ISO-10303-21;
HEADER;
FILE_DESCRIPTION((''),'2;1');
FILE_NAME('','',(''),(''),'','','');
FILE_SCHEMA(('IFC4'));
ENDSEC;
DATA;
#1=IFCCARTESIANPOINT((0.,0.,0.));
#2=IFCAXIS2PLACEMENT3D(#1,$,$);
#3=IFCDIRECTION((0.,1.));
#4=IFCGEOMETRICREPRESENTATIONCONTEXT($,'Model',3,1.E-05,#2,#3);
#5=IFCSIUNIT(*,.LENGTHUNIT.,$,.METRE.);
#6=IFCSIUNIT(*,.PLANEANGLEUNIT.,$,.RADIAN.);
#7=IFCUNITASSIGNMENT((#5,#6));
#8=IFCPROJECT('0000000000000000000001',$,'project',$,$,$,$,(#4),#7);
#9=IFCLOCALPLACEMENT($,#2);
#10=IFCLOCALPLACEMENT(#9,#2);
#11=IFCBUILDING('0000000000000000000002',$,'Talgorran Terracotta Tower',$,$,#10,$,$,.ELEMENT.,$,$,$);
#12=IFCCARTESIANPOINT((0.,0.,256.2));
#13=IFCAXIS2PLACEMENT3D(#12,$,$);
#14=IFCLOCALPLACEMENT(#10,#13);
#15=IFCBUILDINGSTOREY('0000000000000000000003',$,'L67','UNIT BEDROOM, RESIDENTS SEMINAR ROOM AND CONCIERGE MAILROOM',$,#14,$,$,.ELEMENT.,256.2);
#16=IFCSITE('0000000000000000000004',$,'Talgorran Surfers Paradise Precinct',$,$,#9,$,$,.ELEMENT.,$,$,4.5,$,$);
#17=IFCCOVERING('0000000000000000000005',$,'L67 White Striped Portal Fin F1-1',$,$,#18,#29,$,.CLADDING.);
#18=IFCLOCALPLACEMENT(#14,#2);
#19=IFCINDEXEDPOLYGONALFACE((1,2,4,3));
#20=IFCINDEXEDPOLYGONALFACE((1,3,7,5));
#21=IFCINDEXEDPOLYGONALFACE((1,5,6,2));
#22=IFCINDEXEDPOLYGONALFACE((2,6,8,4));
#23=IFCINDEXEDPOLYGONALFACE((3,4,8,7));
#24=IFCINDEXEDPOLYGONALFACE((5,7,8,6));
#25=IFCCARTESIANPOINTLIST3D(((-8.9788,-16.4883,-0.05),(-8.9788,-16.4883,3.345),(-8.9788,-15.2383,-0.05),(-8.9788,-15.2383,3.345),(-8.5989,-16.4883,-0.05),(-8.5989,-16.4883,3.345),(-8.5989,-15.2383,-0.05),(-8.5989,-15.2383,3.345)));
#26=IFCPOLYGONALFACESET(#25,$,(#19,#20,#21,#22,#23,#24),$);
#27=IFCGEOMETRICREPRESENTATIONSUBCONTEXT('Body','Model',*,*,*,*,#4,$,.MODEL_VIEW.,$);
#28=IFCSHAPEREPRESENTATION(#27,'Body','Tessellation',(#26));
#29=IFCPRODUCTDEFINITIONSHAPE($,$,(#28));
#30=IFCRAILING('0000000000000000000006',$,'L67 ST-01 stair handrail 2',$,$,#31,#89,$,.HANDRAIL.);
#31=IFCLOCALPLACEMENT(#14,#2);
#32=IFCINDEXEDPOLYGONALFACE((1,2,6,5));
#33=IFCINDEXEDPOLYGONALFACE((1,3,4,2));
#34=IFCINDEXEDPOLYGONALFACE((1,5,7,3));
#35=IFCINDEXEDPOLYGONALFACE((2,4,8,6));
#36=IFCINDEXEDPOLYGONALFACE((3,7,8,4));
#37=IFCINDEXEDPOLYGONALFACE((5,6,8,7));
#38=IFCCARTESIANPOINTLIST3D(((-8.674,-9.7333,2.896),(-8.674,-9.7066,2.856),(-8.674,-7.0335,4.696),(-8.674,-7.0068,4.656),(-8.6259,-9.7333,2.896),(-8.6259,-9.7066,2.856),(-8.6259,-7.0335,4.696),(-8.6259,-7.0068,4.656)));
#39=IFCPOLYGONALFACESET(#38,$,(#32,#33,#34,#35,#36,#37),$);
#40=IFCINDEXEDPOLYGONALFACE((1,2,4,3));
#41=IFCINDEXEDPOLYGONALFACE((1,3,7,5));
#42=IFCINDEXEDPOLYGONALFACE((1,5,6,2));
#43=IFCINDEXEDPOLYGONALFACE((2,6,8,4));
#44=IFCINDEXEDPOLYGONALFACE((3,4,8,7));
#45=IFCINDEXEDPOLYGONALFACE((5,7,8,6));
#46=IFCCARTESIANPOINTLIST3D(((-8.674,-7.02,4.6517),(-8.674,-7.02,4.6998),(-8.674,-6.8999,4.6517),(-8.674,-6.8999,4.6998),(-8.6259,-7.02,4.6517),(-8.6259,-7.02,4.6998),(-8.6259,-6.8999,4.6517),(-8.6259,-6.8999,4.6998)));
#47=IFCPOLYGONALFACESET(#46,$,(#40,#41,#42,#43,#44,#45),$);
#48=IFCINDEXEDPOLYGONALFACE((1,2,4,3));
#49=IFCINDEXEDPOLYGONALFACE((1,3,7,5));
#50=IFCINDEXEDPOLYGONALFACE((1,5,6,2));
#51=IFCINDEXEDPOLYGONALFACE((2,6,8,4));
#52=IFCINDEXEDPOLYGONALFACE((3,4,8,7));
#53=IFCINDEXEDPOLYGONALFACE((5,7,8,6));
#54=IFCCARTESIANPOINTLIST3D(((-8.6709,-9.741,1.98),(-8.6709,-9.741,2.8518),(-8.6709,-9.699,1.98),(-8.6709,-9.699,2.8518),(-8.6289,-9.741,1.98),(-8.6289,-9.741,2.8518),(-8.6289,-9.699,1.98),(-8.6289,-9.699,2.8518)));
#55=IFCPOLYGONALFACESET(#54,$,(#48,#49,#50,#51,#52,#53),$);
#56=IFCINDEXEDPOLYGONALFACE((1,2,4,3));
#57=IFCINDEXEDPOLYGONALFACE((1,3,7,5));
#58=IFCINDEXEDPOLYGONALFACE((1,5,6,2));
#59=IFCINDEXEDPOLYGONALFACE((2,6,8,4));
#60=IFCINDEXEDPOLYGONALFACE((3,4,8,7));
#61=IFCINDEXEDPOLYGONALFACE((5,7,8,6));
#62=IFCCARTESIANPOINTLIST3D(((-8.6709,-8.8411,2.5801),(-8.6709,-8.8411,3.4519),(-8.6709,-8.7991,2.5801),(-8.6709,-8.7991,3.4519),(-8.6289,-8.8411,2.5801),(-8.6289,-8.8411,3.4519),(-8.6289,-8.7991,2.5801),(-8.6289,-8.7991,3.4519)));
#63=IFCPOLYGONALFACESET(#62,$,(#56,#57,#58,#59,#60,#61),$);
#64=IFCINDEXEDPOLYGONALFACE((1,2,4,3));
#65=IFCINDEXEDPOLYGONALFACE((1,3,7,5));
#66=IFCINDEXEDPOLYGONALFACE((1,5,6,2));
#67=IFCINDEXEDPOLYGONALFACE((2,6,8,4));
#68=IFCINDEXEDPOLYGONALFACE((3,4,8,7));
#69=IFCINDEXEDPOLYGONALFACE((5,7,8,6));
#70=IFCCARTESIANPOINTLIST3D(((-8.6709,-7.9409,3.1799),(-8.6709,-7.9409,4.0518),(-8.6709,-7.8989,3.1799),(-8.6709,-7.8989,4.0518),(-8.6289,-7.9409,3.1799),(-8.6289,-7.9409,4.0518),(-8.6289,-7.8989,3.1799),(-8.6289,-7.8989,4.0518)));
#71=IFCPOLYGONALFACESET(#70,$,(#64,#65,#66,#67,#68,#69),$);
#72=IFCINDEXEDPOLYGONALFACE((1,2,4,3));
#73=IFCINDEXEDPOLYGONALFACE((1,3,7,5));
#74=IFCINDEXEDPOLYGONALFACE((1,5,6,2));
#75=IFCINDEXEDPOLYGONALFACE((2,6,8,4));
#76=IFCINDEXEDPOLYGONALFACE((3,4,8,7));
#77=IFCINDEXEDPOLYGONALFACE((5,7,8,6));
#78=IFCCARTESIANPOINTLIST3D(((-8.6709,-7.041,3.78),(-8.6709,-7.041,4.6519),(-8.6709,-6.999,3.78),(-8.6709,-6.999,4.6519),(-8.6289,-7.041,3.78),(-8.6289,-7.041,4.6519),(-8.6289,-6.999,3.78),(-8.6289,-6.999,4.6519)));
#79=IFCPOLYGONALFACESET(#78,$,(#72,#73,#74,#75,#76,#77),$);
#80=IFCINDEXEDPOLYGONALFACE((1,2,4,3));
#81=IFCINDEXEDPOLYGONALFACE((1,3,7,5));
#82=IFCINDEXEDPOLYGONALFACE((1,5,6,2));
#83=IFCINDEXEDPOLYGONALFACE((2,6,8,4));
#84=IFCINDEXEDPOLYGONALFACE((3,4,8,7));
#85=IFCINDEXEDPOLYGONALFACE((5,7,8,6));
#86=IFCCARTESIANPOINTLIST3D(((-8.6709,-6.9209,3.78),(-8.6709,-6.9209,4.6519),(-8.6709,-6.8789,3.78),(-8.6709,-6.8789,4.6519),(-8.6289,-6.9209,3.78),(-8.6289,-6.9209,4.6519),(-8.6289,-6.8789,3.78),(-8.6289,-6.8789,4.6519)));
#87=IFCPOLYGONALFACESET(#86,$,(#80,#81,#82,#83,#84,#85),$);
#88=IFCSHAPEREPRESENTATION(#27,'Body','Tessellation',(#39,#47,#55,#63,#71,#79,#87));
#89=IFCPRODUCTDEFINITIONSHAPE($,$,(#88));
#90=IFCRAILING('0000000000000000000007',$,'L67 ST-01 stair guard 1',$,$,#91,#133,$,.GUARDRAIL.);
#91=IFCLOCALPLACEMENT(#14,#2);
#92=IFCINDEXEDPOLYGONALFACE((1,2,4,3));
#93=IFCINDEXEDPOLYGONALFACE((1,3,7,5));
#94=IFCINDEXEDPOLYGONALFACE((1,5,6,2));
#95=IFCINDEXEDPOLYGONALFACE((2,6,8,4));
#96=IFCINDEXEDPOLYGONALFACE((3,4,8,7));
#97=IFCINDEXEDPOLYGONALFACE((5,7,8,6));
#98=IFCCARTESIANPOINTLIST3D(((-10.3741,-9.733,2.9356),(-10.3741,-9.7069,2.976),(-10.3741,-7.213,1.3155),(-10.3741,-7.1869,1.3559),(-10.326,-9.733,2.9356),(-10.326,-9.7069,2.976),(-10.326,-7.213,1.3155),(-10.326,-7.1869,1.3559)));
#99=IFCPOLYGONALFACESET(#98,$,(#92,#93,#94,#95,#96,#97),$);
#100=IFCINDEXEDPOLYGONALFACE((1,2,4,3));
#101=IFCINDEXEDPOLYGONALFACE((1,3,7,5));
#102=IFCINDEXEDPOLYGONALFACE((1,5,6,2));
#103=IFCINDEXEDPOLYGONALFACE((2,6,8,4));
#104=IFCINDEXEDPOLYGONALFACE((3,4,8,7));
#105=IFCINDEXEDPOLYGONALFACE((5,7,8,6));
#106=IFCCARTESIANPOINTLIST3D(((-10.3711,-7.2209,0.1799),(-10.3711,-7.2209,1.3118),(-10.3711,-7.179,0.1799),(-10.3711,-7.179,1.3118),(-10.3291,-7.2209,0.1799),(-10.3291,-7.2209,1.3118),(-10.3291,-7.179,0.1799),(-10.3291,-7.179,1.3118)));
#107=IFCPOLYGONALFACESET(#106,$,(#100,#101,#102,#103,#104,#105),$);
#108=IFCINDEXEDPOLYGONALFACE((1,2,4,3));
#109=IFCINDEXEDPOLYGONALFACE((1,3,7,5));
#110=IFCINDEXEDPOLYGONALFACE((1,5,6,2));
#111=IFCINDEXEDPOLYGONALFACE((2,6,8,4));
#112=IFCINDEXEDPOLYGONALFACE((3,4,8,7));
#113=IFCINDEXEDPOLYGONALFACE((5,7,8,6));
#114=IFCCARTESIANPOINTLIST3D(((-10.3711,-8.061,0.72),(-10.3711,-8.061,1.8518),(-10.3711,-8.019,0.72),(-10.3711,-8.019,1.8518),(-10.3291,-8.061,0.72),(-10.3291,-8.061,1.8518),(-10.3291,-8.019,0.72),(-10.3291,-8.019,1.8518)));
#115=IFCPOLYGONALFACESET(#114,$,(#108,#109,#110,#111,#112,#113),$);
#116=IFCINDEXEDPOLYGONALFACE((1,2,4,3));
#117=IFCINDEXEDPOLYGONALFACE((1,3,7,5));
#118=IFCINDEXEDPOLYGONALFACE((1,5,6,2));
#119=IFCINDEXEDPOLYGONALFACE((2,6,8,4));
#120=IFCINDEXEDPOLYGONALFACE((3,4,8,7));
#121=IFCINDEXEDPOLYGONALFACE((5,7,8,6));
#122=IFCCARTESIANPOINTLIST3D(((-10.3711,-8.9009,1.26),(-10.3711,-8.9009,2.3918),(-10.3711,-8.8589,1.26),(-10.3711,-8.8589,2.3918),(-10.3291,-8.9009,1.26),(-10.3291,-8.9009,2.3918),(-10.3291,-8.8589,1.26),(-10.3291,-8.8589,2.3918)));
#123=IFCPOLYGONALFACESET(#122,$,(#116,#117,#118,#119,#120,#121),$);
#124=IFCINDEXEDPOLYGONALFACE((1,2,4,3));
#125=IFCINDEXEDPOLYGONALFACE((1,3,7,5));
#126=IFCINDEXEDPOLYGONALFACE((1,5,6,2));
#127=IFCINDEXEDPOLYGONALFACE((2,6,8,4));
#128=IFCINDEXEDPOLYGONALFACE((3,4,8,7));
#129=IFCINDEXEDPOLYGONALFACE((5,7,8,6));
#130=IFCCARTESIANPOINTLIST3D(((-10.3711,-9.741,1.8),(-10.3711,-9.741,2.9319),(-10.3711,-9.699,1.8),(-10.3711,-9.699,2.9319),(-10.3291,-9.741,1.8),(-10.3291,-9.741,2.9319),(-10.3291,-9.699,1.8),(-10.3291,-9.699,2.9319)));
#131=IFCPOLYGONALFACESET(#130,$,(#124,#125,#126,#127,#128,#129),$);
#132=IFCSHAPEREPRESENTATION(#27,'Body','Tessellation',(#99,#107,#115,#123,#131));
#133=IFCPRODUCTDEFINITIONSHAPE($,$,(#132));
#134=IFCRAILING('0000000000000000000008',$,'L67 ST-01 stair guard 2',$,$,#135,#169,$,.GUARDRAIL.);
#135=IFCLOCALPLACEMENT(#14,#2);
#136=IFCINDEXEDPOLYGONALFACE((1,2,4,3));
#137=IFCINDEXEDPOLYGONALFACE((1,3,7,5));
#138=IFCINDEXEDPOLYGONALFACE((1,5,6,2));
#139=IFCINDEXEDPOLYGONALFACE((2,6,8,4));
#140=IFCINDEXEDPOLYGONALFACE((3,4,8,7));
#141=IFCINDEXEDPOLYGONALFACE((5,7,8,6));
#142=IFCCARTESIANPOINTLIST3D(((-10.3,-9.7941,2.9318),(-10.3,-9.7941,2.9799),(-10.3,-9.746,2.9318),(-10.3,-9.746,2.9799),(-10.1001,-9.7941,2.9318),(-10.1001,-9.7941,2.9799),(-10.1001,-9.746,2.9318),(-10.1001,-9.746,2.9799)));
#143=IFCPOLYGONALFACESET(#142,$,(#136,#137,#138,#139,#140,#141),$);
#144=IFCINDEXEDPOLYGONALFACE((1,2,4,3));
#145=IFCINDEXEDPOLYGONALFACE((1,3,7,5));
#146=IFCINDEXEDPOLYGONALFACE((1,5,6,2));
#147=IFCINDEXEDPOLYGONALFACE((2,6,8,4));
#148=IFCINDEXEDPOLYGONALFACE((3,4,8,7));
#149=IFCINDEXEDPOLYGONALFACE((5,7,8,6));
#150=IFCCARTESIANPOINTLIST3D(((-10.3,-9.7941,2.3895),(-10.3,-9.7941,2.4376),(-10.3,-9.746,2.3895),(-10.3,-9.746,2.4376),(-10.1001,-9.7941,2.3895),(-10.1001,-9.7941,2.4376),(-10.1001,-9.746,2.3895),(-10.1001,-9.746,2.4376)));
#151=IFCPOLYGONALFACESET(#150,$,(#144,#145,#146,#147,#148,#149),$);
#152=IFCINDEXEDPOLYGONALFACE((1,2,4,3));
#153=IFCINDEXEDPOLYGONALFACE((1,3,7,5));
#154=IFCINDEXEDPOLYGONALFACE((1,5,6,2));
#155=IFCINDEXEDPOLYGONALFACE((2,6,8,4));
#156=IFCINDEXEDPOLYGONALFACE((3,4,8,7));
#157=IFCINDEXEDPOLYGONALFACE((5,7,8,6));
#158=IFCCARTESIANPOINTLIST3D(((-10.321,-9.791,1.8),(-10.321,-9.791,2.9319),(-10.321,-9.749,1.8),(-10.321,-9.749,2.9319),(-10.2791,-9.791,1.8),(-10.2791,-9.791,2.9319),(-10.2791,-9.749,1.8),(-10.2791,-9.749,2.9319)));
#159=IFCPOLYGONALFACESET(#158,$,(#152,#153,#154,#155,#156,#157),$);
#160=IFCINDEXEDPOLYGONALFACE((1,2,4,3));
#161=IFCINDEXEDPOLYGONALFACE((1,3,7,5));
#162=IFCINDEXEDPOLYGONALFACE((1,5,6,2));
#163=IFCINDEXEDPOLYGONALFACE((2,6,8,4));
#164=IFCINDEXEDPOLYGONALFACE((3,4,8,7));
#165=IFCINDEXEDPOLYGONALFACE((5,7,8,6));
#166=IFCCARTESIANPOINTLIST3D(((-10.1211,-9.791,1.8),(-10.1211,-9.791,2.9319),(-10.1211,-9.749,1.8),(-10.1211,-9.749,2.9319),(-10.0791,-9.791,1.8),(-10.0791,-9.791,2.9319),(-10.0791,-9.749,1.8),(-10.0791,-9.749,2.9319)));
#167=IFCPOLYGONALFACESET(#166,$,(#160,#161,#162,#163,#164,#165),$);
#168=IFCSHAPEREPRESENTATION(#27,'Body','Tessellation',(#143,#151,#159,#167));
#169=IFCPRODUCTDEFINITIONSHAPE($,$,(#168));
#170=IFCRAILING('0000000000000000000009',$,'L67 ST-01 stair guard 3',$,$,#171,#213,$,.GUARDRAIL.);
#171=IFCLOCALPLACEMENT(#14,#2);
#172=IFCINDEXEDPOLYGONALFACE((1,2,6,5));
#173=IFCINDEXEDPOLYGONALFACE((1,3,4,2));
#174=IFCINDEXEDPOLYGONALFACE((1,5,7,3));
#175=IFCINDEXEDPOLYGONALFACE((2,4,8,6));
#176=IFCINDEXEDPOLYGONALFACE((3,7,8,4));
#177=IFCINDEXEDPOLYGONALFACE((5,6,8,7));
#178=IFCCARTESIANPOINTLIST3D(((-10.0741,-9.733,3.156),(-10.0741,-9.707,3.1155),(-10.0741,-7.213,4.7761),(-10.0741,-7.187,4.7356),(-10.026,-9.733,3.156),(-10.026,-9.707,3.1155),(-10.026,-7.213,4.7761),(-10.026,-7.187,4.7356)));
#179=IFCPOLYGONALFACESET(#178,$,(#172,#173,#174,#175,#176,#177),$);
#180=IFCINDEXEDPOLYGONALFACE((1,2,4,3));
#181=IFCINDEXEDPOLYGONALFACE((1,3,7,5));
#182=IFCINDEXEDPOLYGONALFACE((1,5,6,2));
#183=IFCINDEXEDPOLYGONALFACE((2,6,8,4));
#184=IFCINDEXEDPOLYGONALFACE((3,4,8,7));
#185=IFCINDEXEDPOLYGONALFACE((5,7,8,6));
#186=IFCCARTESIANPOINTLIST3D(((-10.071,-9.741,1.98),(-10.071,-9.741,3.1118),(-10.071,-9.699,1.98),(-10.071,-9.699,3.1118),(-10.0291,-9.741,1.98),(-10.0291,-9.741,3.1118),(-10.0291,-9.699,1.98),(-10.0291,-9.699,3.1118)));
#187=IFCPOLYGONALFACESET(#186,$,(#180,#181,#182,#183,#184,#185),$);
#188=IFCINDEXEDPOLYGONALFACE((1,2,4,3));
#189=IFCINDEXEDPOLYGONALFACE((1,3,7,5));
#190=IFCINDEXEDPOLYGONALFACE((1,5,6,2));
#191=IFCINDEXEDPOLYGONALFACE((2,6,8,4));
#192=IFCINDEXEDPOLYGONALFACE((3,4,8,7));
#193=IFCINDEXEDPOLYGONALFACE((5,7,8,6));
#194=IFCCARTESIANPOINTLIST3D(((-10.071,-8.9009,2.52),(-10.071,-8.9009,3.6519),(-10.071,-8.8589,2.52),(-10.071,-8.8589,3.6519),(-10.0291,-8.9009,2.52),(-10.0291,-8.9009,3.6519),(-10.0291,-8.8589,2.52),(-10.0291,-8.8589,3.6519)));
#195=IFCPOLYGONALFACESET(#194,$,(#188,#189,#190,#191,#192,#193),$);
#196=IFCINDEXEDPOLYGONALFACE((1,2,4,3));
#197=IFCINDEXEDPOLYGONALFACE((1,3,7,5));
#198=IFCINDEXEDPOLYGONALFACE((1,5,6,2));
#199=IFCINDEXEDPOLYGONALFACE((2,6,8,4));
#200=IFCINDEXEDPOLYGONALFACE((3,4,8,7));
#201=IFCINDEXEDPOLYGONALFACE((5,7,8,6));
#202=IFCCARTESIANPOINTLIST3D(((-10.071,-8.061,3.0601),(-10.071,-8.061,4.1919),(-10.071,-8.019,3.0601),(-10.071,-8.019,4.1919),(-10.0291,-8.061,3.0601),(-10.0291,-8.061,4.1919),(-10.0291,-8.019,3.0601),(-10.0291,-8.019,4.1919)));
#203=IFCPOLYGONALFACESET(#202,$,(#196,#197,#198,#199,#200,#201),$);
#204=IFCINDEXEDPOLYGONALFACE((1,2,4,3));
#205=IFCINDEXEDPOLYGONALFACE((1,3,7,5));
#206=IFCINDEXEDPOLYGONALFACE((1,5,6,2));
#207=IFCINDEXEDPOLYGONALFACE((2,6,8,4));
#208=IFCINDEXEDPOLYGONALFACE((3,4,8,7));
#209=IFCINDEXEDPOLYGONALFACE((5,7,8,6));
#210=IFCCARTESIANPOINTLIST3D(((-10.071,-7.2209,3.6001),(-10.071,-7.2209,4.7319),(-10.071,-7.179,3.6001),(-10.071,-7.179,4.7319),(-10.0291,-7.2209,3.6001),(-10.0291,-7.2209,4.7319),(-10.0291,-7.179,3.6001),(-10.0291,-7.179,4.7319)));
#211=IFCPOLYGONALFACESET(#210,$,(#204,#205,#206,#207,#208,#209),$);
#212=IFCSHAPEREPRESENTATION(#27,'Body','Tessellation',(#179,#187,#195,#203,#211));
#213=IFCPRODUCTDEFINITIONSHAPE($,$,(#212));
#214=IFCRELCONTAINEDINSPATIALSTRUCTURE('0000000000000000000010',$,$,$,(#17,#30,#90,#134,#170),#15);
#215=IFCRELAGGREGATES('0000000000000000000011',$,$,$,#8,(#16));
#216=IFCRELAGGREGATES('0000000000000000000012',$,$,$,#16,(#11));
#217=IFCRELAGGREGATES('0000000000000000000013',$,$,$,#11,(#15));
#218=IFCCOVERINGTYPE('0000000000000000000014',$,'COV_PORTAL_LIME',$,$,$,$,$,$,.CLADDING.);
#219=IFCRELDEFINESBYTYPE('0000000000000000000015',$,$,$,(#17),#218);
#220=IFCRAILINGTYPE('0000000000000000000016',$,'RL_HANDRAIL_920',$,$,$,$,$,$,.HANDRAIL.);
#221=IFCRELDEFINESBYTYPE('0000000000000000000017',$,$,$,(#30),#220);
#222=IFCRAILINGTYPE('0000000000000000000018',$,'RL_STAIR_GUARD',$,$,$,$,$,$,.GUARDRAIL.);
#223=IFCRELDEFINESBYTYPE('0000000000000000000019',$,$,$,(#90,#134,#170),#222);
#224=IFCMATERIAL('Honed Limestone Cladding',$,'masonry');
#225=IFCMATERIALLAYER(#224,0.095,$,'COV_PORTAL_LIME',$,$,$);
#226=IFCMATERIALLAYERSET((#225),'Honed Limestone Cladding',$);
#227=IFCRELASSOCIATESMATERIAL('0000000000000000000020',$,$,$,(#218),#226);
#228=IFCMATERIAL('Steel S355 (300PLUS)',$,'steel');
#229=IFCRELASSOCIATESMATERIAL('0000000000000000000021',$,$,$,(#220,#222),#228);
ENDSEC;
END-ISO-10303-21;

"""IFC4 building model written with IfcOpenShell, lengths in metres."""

from ifc_helpers import new_model, si_unit, direction, frame, origin, origin_2d, place, context, subcontext, project, spatial, rectangle, extrude, material, layer, layer_set, type_object, element, save


model = new_model("IFC4")

# Units and contexts
model_context = context("Model", 3, precision=1e-05, world=origin(), true_north=direction((0.0, 1.0)))
body_context = subcontext(model_context, "Body", "Model", "MODEL_VIEW")
ifc_project = project(units=[si_unit("LENGTHUNIT", "METRE"), si_unit("PLANEANGLEUNIT", "RADIAN")], contexts=[model_context])

# Site, building, storey
site_placement = place(None, origin())
site = spatial("IfcSite", under=ifc_project, at=site_placement, Name="Talgorran Surfers Paradise Precinct", CompositionType="ELEMENT", RefElevation=4.5)
building_placement = place(site_placement, origin())
building = spatial("IfcBuilding", under=site, at=building_placement, Name="Talgorran Terracotta Tower", CompositionType="ELEMENT")
storey_placement = place(building_placement, frame((0.0, 0.0, 256.2)))
storey = spatial("IfcBuildingStorey", under=building, at=storey_placement, Name="L67", Description="UNIT BEDROOM, RESIDENTS SEMINAR ROOM AND CONCIERGE MAILROOM", CompositionType="ELEMENT", Elevation=256.2)

# Shared definitions
ifc_material_1 = material(Name="Steel S355 (300PLUS)", Category="steel")

# Covering
ifc_material_2 = material(Name="Honed Limestone Cladding", Category="masonry")
ifc_layer_1 = layer(ifc_material_2, 0.095, Name="COV_PORTAL_LIME")
ifc_layer_set_1 = layer_set([ifc_layer_1], Name="Honed Limestone Cladding")
covering_type = type_object("IfcCoveringType", Name="COV_PORTAL_LIME", PredefinedType="CLADDING", material=ifc_layer_set_1)
covering_placement = place(storey_placement, frame((-8.7888, -15.8633, -0.05), z_axis=(0.0, 0.0, 1.0), x_axis=(1.0, 0.0, 0.0)))
element("IfcCovering", 1, at=covering_placement, inside=storey, type_object=covering_type, Name="L67 White Striped Portal Fin F1-1", PredefinedType="CLADDING", context=body_context, shape_type="SweptSolid", body=[
    extrude(rectangle(XDim=0.3799, YDim=1.25, at=origin_2d()), origin(), (0.0, 0.0, 1.0), 3.395),
])

# Railings
railing_type_1 = type_object("IfcRailingType", Name="RL_HANDRAIL_920", PredefinedType="HANDRAIL", material=ifc_material_1)
railing_1_placement = place(storey_placement, frame((-8.6499, -9.72, 1.98)))
element("IfcRailing", 2, at=railing_1_placement, inside=storey, type_object=railing_type_1, Name="L67 ST-01 stair handrail 2", PredefinedType="HANDRAIL", context=body_context, shape_type="SweptSolid", body=[
    extrude(rectangle(XDim=0.0481, YDim=0.0481, at=origin_2d()), frame((0.0, 0.0, 0.896), z_axis=(0.0, 0.832039, 0.554718), x_axis=(-1.0, 0.0, 0.0)), (0.0, 0.0, 1.0), 3.2449),
    extrude(rectangle(XDim=0.0481, YDim=0.0481, at=origin_2d()), frame((0.0, 2.7, 2.6958), z_axis=(0.0, 1.0, 0.0), x_axis=(-1.0, 0.0, 0.0)), (0.0, 0.0, 1.0), 0.1201),
    extrude(rectangle(XDim=0.042, YDim=0.042, at=origin_2d()), origin(), (0.0, 0.0, 1.0), 0.8718),
    extrude(rectangle(XDim=0.042, YDim=0.042, at=origin_2d()), frame((0.0, 0.8999, 0.6001)), (0.0, 0.0, 1.0), 0.8718),
    extrude(rectangle(XDim=0.042, YDim=0.042, at=origin_2d()), frame((0.0, 1.8, 1.2)), (0.0, 0.0, 1.0), 0.8718),
    extrude(rectangle(XDim=0.042, YDim=0.042, at=origin_2d()), frame((0.0, 2.7, 1.8)), (0.0, 0.0, 1.0), 0.8718),
    extrude(rectangle(XDim=0.042, YDim=0.042, at=origin_2d()), frame((0.0, 2.8201, 1.8)), (0.0, 0.0, 1.0), 0.8718),
])
railing_type_2 = type_object("IfcRailingType", Name="RL_STAIR_GUARD", PredefinedType="GUARDRAIL", material=ifc_material_1)
railing_2_placement = place(storey_placement, frame((-10.3501, -7.2, 0.1799)))
element("IfcRailing", 3, at=railing_2_placement, inside=storey, type_object=railing_type_2, Name="L67 ST-01 stair guard 1", PredefinedType="GUARDRAIL", context=body_context, shape_type="SweptSolid", body=[
    extrude(rectangle(XDim=0.0481, YDim=0.0481, at=origin_2d()), frame((0.0, 0.0, 1.1558), z_axis=(0.0, -0.841163, 0.540782), x_axis=(1.0, 0.0, 0.0)), (0.0, 0.0, 1.0), 2.9958),
    extrude(rectangle(XDim=0.042, YDim=0.042, at=origin_2d()), origin(), (0.0, 0.0, 1.0), 1.1318),
    extrude(rectangle(XDim=0.042, YDim=0.042, at=origin_2d()), frame((0.0, -0.8401, 0.54)), (0.0, 0.0, 1.0), 1.1318),
    extrude(rectangle(XDim=0.042, YDim=0.042, at=origin_2d()), frame((0.0, -1.6799, 1.0801)), (0.0, 0.0, 1.0), 1.1318),
    extrude(rectangle(XDim=0.042, YDim=0.042, at=origin_2d()), frame((0.0, -2.52, 1.6201)), (0.0, 0.0, 1.0), 1.1318),
])
railing_3_placement = place(storey_placement, frame((-10.3, -9.77, 1.8)))
element("IfcRailing", 4, at=railing_3_placement, inside=storey, type_object=railing_type_2, Name="L67 ST-01 stair guard 2", PredefinedType="GUARDRAIL", context=body_context, shape_type="SweptSolid", body=[
    extrude(rectangle(XDim=0.0481, YDim=0.0481, at=origin_2d()), frame((0.0, 0.0, 1.1558), z_axis=(1.0, 0.0, 0.0), x_axis=(0.0, 1.0, 0.0)), (0.0, 0.0, 1.0), 0.2),
    extrude(rectangle(XDim=0.0481, YDim=0.0481, at=origin_2d()), frame((0.0, 0.0, 0.6135), z_axis=(1.0, 0.0, 0.0), x_axis=(0.0, 1.0, 0.0)), (0.0, 0.0, 1.0), 0.2),
    extrude(rectangle(XDim=0.042, YDim=0.042, at=origin_2d()), origin(), (0.0, 0.0, 1.0), 1.1318),
    extrude(rectangle(XDim=0.042, YDim=0.042, at=origin_2d()), frame((0.2, 0.0, 0.0)), (0.0, 0.0, 1.0), 1.1318),
])
railing_4_placement = place(storey_placement, frame((-10.05, -9.72, 1.98)))
element("IfcRailing", 5, at=railing_4_placement, inside=storey, type_object=railing_type_2, Name="L67 ST-01 stair guard 3", PredefinedType="GUARDRAIL", context=body_context, shape_type="SweptSolid", body=[
    extrude(rectangle(XDim=0.0481, YDim=0.0481, at=origin_2d()), frame((0.0, 0.0, 1.1558), z_axis=(0.0, 0.841163, 0.540782), x_axis=(-1.0, 0.0, 0.0)), (0.0, 0.0, 1.0), 2.9958),
    extrude(rectangle(XDim=0.042, YDim=0.042, at=origin_2d()), origin(), (0.0, 0.0, 1.0), 1.1318),
    extrude(rectangle(XDim=0.042, YDim=0.042, at=origin_2d()), frame((0.0, 0.8401, 0.54)), (0.0, 0.0, 1.0), 1.1318),
    extrude(rectangle(XDim=0.042, YDim=0.042, at=origin_2d()), frame((0.0, 1.6799, 1.0801)), (0.0, 0.0, 1.0), 1.1318),
    extrude(rectangle(XDim=0.042, YDim=0.042, at=origin_2d()), frame((0.0, 2.52, 1.6201)), (0.0, 0.0, 1.0), 1.1318),
])

save(model, "model.ifc")
